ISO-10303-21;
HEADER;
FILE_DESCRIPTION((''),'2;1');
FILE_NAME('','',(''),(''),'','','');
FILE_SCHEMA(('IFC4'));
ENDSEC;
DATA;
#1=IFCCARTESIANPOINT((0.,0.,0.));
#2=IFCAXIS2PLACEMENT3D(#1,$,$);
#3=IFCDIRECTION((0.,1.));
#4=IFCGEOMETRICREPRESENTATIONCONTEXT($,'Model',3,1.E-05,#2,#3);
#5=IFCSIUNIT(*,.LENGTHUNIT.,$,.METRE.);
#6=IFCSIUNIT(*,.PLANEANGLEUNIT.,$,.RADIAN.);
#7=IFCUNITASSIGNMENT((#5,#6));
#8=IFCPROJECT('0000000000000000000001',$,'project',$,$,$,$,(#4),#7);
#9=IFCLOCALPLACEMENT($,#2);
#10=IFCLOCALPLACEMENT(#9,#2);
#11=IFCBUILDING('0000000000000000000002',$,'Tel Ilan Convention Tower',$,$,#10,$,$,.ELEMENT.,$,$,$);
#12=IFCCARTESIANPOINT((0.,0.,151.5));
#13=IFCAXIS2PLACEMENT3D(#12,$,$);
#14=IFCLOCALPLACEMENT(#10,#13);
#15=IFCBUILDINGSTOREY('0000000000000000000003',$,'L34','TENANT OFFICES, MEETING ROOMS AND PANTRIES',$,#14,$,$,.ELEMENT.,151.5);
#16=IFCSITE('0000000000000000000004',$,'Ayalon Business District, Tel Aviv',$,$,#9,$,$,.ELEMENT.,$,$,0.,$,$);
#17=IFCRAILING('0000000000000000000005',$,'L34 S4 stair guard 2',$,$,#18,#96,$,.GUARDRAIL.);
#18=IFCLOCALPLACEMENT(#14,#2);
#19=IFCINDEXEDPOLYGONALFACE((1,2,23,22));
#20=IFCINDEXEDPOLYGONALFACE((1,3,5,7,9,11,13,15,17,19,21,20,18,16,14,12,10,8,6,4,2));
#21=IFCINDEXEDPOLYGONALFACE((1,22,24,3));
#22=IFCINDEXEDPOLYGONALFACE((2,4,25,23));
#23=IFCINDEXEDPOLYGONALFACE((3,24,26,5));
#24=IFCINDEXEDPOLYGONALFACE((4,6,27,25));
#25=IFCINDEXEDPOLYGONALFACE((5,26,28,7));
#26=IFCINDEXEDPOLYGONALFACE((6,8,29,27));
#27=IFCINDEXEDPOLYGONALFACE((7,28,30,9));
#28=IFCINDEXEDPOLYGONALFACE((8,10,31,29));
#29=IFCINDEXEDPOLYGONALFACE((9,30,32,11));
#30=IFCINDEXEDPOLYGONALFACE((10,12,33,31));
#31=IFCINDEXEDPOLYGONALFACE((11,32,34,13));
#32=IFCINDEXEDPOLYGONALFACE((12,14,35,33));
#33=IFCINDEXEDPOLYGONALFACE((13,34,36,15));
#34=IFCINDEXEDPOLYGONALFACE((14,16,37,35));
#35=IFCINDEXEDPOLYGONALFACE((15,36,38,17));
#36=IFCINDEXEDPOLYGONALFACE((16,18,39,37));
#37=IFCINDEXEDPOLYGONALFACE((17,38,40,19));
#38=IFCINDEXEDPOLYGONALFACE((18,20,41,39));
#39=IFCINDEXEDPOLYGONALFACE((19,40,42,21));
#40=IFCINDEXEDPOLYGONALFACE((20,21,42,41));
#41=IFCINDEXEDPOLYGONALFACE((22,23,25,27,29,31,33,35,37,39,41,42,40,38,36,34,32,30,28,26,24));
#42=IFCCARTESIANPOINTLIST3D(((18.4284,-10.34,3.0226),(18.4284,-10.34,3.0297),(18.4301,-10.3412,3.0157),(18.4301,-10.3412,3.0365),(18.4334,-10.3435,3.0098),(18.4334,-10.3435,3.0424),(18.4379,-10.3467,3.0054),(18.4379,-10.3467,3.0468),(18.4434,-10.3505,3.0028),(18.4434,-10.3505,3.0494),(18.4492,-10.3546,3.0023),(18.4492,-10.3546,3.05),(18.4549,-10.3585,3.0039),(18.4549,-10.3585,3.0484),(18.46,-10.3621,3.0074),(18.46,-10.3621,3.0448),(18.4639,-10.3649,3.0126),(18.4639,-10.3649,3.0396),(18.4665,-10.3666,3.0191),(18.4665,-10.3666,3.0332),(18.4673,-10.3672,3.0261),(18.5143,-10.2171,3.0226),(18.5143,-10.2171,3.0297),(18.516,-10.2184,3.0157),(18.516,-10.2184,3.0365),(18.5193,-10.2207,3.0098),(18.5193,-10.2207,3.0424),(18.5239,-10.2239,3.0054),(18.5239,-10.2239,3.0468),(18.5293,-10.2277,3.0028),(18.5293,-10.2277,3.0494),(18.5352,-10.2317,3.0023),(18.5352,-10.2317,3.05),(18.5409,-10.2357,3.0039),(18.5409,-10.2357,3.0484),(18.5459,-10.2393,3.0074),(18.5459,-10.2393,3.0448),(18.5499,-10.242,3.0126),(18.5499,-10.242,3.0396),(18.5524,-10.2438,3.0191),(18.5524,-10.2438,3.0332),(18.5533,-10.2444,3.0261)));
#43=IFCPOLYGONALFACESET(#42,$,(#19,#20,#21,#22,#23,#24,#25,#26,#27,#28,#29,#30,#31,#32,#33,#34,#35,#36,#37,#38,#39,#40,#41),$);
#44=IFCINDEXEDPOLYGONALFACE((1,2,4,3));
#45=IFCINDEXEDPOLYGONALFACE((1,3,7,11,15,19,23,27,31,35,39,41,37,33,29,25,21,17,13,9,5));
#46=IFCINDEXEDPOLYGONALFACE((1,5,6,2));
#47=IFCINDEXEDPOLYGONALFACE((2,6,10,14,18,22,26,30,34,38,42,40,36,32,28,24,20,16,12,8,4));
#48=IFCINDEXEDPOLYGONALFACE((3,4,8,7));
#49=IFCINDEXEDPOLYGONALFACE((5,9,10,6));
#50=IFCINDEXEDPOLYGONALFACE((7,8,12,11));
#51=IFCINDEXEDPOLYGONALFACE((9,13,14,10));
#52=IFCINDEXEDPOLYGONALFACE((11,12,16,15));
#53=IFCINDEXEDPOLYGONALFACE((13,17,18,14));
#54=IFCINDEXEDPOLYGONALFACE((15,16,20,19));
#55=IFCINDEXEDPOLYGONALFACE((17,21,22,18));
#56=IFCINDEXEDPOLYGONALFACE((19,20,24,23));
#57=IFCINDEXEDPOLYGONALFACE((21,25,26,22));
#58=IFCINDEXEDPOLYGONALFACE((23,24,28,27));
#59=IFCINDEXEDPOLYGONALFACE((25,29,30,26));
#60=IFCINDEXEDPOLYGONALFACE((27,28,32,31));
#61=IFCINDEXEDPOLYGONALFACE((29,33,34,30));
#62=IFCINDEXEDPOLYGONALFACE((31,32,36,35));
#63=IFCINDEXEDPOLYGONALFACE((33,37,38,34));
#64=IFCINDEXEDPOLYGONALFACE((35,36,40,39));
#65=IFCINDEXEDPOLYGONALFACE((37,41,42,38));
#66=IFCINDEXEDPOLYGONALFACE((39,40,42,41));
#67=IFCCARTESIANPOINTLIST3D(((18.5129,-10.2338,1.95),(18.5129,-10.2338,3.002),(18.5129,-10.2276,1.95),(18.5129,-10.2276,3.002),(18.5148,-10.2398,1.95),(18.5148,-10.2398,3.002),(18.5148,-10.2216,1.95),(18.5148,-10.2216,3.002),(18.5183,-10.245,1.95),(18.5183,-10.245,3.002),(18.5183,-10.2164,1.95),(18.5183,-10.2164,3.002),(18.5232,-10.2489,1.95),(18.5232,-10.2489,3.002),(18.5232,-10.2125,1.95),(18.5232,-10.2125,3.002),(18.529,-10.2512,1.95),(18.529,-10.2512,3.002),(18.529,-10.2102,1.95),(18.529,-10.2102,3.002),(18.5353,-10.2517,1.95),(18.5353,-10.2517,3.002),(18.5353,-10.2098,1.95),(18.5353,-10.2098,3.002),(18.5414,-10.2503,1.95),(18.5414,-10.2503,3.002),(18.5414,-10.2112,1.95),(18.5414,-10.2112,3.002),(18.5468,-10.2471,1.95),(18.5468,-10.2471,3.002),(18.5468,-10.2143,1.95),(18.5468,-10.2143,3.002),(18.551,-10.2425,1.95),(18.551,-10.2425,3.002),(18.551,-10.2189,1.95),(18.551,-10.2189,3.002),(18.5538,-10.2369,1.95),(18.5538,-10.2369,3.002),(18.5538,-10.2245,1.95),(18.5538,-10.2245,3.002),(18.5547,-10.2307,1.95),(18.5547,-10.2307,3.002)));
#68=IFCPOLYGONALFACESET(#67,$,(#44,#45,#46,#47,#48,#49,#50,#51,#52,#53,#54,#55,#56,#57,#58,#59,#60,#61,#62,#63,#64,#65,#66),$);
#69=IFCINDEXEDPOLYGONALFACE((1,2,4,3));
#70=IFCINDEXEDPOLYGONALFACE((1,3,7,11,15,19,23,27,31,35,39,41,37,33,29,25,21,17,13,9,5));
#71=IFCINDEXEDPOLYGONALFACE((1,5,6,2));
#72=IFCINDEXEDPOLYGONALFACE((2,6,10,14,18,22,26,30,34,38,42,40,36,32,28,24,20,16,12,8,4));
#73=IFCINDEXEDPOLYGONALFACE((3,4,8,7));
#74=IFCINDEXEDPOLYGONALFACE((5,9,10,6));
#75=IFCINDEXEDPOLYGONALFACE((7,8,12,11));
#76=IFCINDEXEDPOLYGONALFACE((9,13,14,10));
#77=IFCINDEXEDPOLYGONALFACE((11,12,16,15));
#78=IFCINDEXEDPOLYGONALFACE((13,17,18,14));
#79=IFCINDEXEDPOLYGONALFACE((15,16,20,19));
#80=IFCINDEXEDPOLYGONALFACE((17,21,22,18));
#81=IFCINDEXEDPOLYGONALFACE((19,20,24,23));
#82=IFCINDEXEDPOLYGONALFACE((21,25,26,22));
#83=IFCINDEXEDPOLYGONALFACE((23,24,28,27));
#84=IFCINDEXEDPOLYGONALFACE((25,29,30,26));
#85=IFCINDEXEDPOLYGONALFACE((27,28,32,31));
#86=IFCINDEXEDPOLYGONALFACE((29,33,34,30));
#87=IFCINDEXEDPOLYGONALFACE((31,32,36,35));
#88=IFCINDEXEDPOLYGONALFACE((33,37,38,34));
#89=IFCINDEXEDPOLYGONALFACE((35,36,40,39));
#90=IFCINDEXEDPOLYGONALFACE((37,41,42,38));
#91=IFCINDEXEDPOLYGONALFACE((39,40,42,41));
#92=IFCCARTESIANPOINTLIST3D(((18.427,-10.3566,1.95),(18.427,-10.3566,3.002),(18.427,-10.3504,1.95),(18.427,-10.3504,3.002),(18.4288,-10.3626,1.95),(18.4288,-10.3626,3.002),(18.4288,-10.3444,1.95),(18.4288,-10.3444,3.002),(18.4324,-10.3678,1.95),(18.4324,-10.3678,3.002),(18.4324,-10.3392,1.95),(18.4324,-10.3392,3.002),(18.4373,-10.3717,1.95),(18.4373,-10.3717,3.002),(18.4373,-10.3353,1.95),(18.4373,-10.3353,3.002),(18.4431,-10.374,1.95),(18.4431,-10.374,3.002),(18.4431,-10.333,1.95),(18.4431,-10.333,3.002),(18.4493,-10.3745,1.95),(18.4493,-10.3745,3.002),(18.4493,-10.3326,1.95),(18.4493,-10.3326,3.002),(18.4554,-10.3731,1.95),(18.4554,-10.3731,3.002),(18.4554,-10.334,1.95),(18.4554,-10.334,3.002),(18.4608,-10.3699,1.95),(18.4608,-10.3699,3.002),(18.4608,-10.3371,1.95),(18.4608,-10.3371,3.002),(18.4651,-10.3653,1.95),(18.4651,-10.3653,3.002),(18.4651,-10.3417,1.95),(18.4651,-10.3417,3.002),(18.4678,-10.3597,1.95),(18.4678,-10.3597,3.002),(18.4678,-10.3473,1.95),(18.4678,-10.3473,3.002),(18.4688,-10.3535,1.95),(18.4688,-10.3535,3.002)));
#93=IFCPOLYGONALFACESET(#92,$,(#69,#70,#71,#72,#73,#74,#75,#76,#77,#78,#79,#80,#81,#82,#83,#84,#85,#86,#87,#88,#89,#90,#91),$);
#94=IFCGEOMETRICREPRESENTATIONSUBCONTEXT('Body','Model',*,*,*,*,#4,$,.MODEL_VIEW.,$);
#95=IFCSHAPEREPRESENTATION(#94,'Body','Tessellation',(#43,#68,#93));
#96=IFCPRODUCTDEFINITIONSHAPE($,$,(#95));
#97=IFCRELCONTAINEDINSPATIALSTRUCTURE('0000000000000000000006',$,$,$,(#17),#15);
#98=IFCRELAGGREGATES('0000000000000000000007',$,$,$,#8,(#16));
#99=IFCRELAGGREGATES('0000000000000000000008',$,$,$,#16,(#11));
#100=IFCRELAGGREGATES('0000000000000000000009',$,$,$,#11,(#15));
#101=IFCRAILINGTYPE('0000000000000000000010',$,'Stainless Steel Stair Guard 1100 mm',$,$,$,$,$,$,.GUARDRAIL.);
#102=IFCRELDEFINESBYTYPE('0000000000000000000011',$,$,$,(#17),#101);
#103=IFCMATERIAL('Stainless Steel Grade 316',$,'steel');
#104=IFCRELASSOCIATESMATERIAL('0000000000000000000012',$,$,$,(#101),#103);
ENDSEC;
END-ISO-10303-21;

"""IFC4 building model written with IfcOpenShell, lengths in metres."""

from ifc_helpers import new_model, si_unit, direction, frame, origin, origin_2d, place, context, subcontext, project, spatial, circle, extrude, material, type_object, element, save


model = new_model("IFC4")

# Units and contexts
model_context = context("Model", 3, precision=1e-05, world=origin(), true_north=direction((0.0, 1.0)))
body_context = subcontext(model_context, "Body", "Model", "MODEL_VIEW")
ifc_project = project(units=[si_unit("LENGTHUNIT", "METRE"), si_unit("PLANEANGLEUNIT", "RADIAN")], contexts=[model_context])

# Site, building, storey
site_placement = place(None, origin())
site = spatial("IfcSite", under=ifc_project, at=site_placement, Name="Ayalon Business District, Tel Aviv", CompositionType="ELEMENT", RefElevation=0.0)
building_placement = place(site_placement, origin())
building = spatial("IfcBuilding", under=site, at=building_placement, Name="Tel Ilan Convention Tower", CompositionType="ELEMENT")
storey_placement = place(building_placement, frame((0.0, 0.0, 151.5)))
storey = spatial("IfcBuildingStorey", under=building, at=storey_placement, Name="L34", Description="TENANT OFFICES, MEETING ROOMS AND PANTRIES", CompositionType="ELEMENT", Elevation=151.5)

# Railing
ifc_material_1 = material(Name="Stainless Steel Grade 316", Category="steel")
railing_type_1 = type_object("IfcRailingType", Name="Stainless Steel Stair Guard 1100 mm", PredefinedType="GUARDRAIL", material=ifc_material_1)
railing_1_placement = place(storey_placement, frame((18.5337, -10.2307, 1.95)))
element("IfcRailing", 1, at=railing_1_placement, inside=storey, type_object=railing_type_1, Name="L34 S4 stair guard 2", PredefinedType="GUARDRAIL", context=body_context, shape_type="SweptSolid", body=[
    extrude(circle(Radius=0.0239, at=origin_2d()), frame((0.0, 0.0, 1.0762), z_axis=(-0.573353, -0.819308, 0.0), x_axis=(0.819308, -0.573353, 0.0)), (0.0, 0.0, 1.0), 0.1499),
    extrude(circle(Radius=0.021, at=origin_2d()), origin(), (0.0, 0.0, 1.0), 1.052),
    extrude(circle(Radius=0.021, at=origin_2d()), frame((-0.0859, -0.1228, 0.0)), (0.0, 0.0, 1.0), 1.052),
])

save(model, "model.ifc")
